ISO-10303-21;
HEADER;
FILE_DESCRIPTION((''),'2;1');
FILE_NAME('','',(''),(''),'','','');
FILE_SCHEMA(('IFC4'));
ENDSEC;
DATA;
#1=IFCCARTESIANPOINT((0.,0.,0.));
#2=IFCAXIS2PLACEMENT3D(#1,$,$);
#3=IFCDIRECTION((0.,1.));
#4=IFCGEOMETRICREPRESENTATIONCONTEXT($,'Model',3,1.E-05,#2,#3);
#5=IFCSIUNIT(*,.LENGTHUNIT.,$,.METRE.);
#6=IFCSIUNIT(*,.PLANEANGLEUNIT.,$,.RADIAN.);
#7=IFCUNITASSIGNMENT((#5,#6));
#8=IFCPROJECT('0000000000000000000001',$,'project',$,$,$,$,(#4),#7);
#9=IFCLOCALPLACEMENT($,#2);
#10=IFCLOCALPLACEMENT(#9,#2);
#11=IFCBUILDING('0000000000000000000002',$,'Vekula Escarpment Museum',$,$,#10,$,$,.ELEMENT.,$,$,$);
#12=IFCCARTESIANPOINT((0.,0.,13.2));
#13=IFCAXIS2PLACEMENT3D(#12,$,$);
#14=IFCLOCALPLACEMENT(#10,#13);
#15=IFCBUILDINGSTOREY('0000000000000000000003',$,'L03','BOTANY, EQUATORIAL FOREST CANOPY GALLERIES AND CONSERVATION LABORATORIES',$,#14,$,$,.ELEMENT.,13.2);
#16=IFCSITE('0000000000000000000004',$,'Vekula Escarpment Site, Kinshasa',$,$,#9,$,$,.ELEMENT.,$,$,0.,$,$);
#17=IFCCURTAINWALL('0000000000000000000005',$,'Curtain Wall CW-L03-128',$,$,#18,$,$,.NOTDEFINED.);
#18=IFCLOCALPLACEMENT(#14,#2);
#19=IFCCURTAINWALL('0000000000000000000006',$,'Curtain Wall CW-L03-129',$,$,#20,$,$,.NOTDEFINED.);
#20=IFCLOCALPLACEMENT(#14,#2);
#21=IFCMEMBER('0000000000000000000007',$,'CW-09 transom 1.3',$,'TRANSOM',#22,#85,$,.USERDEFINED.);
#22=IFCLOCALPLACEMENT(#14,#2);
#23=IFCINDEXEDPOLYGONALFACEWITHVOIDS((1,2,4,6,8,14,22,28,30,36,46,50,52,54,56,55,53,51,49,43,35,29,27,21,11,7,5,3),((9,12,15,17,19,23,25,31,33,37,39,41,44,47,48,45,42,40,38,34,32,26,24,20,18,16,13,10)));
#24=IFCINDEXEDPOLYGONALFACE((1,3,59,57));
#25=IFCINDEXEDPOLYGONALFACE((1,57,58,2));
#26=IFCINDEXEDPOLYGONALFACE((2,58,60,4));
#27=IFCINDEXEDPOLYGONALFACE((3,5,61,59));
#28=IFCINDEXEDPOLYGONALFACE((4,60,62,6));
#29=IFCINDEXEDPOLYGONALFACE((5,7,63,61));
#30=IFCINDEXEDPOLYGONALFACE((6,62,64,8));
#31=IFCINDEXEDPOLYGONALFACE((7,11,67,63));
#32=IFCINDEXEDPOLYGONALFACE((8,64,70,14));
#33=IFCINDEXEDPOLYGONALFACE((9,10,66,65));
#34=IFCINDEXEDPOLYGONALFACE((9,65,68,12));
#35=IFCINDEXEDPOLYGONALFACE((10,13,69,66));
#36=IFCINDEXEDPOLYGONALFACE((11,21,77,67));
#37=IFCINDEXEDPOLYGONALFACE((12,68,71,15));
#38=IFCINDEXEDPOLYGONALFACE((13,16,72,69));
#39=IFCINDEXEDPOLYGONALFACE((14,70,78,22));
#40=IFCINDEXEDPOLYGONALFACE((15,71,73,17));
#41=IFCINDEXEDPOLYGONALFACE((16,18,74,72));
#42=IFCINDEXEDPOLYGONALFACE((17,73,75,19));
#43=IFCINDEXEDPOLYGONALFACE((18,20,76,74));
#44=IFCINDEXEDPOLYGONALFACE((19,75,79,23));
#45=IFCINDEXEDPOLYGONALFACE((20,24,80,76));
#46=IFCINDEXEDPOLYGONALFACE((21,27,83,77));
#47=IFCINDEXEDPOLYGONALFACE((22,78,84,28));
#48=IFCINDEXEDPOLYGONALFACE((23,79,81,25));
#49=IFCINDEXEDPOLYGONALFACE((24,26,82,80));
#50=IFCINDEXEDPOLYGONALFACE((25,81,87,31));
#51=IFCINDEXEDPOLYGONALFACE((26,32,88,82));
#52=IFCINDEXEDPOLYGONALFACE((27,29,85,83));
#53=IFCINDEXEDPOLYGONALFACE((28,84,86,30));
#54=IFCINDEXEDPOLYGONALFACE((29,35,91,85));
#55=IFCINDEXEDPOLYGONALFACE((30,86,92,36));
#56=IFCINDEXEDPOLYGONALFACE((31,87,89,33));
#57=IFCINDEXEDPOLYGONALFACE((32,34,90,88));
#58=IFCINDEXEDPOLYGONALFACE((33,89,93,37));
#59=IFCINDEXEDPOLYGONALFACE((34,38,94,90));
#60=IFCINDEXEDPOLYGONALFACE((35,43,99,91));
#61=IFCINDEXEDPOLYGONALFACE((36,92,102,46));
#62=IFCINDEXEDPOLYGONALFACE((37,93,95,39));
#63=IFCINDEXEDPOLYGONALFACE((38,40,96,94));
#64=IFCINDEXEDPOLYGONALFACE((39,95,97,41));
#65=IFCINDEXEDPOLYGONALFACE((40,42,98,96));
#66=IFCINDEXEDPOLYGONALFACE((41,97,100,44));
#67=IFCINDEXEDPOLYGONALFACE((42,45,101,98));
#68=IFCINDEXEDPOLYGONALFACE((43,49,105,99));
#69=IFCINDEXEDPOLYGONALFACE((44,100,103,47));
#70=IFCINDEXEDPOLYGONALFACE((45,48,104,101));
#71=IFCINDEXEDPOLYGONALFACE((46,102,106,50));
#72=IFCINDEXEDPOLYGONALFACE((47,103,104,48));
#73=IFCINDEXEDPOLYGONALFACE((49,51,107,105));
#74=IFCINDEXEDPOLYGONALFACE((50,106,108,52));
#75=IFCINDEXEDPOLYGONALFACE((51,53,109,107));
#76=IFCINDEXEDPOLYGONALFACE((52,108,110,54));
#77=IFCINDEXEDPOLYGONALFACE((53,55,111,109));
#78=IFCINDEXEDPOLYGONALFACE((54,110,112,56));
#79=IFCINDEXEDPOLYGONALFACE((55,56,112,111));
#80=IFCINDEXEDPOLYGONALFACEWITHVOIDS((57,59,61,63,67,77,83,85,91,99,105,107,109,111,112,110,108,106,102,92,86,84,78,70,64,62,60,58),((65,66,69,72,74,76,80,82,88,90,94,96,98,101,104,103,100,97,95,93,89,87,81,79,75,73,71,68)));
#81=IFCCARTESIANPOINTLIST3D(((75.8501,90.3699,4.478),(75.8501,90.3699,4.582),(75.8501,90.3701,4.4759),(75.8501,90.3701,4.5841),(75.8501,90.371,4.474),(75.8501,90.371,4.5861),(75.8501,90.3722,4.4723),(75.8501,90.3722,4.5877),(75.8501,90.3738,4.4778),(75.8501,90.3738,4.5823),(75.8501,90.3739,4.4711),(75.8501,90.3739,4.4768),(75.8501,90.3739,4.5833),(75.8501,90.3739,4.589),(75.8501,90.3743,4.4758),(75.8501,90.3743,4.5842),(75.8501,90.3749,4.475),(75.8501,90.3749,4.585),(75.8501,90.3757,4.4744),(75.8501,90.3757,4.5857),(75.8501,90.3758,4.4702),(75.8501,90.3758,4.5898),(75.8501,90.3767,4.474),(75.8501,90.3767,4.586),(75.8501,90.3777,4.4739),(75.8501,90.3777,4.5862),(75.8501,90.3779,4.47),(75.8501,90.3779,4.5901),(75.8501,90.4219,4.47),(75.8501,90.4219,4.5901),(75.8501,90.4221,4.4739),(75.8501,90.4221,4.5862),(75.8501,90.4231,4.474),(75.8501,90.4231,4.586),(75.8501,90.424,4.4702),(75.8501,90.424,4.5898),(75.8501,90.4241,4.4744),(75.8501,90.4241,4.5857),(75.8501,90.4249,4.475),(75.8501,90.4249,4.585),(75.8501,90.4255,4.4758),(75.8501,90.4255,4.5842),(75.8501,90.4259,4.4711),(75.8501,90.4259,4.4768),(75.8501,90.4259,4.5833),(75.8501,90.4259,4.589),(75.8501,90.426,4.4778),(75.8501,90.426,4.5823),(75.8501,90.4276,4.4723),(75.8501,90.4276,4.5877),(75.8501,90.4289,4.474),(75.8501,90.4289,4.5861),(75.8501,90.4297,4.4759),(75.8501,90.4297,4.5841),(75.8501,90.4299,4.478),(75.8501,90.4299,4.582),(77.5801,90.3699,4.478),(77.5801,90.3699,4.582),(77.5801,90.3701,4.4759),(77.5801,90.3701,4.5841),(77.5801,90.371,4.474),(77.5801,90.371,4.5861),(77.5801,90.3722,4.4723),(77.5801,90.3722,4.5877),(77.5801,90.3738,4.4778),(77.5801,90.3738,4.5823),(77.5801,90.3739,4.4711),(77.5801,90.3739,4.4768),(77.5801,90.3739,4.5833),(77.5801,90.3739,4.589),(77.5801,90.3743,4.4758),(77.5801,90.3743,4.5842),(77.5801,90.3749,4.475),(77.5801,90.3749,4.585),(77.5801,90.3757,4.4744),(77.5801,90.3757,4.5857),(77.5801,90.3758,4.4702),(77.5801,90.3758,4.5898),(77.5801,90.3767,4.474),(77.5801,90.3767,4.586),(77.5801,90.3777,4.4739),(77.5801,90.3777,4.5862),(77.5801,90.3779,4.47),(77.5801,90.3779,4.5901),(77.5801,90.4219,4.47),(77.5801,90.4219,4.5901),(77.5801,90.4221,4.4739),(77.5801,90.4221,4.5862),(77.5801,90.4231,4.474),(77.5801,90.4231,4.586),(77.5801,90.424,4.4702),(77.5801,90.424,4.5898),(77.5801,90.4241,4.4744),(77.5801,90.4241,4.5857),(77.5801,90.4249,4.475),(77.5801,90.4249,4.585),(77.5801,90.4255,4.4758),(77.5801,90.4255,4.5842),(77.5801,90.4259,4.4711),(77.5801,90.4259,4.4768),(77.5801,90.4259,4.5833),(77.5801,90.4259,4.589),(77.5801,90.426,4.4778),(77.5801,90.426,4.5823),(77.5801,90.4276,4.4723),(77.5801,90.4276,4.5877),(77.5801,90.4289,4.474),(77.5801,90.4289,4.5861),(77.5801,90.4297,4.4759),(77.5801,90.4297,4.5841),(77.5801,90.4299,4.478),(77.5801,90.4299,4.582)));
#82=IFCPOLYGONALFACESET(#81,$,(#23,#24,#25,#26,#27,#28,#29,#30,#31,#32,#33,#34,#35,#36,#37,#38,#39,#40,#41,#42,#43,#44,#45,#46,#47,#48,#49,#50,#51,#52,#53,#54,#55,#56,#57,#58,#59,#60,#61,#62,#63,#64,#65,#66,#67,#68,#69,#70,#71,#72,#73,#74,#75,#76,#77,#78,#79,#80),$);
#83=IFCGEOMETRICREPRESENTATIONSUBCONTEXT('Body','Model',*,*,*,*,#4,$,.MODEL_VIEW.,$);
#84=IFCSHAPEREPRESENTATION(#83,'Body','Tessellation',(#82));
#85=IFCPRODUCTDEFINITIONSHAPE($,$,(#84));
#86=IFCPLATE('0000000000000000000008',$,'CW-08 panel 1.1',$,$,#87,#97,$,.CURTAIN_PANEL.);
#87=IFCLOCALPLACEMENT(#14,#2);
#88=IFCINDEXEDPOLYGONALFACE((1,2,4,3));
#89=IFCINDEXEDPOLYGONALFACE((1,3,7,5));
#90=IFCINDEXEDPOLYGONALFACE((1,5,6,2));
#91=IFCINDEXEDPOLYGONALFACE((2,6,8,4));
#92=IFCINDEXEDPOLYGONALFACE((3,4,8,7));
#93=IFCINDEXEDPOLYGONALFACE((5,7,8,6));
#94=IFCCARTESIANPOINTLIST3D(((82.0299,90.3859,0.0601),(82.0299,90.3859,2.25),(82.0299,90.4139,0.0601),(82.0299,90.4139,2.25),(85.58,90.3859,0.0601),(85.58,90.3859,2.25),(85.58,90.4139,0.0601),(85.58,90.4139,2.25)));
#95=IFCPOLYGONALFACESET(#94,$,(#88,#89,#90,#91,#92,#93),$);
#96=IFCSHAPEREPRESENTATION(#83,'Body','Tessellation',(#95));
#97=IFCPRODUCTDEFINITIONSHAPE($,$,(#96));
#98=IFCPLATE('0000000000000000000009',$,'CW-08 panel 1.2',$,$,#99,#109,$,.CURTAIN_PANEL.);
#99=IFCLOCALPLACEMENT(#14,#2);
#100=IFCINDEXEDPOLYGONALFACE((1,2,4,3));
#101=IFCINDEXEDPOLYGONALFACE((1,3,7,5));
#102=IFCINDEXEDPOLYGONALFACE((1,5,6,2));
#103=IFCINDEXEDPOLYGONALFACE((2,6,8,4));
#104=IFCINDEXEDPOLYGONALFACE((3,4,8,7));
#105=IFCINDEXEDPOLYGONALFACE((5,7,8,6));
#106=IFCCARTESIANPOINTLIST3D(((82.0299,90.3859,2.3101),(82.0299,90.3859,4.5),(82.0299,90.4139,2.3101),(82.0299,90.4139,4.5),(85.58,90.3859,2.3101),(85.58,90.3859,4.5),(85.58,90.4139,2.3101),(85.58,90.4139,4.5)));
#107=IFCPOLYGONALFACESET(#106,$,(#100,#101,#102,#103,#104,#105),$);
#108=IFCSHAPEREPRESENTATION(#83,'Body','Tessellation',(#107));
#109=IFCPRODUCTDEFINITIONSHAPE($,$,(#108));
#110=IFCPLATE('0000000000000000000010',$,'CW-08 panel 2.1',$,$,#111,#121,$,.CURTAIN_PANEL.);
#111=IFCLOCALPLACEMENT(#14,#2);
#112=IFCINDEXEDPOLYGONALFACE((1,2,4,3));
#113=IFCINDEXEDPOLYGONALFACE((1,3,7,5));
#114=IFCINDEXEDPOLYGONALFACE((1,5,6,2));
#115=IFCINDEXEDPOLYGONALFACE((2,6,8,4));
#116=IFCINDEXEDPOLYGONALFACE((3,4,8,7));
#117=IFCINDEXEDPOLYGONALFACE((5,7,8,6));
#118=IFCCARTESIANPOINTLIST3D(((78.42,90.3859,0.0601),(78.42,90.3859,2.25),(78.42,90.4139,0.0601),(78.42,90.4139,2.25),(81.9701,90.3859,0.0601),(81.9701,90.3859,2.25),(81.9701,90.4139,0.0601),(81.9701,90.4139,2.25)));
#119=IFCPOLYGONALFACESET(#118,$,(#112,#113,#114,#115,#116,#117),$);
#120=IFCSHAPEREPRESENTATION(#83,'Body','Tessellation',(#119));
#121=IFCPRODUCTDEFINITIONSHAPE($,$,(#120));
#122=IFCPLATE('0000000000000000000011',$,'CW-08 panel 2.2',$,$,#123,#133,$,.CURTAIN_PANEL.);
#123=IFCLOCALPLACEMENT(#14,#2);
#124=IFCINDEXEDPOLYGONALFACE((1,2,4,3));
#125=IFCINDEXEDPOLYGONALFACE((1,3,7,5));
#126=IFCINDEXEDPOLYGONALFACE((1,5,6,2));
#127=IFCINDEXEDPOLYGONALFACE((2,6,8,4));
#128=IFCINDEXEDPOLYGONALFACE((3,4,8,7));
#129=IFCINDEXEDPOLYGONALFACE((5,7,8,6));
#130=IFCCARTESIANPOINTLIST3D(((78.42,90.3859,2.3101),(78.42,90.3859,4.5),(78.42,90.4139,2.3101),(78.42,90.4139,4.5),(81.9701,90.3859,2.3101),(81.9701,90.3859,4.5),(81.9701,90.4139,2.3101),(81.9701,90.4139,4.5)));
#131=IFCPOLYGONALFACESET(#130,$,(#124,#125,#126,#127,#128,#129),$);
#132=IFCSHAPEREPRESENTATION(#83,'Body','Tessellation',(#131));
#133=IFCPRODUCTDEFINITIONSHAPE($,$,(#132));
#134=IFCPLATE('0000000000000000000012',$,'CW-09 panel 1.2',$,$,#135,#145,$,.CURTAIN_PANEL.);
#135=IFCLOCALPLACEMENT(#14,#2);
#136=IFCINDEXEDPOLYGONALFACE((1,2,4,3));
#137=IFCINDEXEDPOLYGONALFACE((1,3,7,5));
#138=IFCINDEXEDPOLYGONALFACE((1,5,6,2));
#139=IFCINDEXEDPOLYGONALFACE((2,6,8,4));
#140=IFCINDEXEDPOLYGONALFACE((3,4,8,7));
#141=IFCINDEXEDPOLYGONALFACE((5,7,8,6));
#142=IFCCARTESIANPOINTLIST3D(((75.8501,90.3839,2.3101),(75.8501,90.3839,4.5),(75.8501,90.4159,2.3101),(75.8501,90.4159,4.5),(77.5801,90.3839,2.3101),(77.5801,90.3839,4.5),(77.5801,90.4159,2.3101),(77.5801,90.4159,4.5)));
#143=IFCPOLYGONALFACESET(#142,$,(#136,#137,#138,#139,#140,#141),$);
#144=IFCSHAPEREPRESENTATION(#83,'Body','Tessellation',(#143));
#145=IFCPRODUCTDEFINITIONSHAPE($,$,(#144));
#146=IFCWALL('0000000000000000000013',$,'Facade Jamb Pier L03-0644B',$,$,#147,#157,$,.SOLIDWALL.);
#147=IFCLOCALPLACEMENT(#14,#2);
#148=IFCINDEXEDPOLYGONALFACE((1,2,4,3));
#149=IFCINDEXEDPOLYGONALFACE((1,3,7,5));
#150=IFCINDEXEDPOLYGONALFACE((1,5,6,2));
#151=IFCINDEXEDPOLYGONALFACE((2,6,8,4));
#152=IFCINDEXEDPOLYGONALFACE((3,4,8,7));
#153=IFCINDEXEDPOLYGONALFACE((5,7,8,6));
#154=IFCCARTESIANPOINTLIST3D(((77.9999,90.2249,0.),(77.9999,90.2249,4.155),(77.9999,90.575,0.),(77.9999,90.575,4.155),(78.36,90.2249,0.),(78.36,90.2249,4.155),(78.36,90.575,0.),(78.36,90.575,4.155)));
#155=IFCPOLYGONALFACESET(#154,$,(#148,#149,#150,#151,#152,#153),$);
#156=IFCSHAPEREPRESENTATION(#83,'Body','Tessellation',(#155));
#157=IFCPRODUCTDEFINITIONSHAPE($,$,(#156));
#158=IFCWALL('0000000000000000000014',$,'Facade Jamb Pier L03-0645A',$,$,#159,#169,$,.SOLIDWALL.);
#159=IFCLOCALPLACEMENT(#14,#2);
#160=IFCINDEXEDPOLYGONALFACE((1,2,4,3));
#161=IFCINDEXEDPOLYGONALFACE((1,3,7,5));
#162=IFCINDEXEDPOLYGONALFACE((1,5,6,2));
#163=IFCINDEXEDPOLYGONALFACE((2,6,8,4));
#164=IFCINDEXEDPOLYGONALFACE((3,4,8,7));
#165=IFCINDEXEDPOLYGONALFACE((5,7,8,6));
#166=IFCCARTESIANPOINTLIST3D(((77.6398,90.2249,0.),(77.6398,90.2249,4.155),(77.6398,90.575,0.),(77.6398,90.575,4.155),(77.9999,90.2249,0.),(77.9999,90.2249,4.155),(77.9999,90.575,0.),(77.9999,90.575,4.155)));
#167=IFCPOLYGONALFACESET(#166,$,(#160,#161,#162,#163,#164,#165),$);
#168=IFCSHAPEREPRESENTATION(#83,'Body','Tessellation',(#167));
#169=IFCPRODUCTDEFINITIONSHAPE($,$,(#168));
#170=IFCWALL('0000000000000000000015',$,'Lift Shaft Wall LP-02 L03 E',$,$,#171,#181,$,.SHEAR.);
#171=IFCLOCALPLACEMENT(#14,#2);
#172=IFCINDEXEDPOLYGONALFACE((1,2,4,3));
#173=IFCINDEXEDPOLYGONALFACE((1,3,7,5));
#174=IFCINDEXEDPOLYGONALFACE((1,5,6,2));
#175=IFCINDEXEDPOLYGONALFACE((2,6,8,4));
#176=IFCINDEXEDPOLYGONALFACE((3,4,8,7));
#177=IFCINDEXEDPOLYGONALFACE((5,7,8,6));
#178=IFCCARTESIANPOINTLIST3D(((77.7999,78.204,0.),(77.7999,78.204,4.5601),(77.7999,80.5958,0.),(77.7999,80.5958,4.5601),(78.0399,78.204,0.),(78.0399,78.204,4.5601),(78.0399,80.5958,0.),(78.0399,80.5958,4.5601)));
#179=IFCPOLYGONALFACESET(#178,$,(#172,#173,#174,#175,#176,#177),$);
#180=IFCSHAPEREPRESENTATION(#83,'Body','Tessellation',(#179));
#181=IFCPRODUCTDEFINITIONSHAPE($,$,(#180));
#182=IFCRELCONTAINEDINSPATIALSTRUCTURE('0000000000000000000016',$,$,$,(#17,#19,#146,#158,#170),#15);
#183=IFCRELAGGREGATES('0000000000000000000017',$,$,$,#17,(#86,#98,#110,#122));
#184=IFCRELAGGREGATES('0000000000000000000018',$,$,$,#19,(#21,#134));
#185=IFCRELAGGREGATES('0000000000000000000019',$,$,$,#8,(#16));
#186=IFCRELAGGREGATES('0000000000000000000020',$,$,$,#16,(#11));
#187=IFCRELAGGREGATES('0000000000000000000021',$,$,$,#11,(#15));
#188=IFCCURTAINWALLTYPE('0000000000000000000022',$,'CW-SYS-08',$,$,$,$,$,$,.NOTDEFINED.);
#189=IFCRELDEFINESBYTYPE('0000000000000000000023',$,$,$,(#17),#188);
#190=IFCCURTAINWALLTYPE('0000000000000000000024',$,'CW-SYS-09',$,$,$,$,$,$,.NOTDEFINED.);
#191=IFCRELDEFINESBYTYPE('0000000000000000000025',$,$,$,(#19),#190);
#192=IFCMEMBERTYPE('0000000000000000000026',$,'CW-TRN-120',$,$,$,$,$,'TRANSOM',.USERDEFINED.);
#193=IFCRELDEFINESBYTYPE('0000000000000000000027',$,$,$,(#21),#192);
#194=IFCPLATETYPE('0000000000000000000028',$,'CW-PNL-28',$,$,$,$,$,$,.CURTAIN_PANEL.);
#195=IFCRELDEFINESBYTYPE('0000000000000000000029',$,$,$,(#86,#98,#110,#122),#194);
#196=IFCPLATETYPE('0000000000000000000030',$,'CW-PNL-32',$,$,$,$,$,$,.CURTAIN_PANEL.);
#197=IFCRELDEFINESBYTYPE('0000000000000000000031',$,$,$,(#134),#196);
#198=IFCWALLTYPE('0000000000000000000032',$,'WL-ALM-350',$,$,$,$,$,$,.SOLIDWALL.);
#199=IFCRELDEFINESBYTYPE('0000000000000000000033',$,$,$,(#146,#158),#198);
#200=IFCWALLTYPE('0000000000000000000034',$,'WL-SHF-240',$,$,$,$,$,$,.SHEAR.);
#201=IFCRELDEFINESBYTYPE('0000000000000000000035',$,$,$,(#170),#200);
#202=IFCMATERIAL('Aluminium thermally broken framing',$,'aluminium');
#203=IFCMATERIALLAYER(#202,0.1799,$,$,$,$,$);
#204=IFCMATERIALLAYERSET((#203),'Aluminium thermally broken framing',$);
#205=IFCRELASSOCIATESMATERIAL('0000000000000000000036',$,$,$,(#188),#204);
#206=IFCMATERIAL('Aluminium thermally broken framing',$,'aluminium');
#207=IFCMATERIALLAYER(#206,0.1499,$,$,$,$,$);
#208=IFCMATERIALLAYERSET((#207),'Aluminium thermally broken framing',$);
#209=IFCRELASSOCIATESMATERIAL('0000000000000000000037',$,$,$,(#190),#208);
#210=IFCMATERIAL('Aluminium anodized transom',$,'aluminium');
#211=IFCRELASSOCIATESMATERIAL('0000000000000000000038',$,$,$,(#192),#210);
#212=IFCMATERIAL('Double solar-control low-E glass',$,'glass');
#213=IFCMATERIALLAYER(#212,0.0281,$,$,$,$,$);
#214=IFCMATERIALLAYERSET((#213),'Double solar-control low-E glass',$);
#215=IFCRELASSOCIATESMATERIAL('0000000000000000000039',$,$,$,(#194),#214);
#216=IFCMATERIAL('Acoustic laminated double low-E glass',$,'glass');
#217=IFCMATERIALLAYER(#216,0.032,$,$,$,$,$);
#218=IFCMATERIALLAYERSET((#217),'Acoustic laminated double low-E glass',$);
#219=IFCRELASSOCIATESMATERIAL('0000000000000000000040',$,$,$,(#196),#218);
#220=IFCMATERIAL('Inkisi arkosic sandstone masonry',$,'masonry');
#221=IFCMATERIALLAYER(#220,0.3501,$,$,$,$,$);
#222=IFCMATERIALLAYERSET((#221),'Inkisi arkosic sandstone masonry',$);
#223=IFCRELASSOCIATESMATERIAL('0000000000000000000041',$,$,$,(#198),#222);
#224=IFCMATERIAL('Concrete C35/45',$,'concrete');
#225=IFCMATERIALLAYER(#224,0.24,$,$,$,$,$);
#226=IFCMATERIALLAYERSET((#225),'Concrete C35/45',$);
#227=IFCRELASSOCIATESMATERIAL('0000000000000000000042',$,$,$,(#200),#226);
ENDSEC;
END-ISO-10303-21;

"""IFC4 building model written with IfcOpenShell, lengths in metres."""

from ifc_helpers import new_model, si_unit, direction, frame, frame_2d, origin, origin_2d, place, context, subcontext, project, spatial, rectangle, hollow_rectangle, extrude, material, layer, layer_set, material_profile, profile_set, type_object, element, aggregate, save


model = new_model("IFC4")

# Units and contexts
model_context = context("Model", 3, precision=1e-05, world=origin(), true_north=direction((0.0, 1.0)))
body_context = subcontext(model_context, "Body", "Model", "MODEL_VIEW")
ifc_project = project(units=[si_unit("LENGTHUNIT", "METRE"), si_unit("PLANEANGLEUNIT", "RADIAN")], contexts=[model_context])

# Site, building, storey
site_placement = place(None, origin())
site = spatial("IfcSite", under=ifc_project, at=site_placement, Name="Vekula Escarpment Site, Kinshasa", CompositionType="ELEMENT", RefElevation=0.0)
building_placement = place(site_placement, origin())
building = spatial("IfcBuilding", under=site, at=building_placement, Name="Vekula Escarpment Museum", CompositionType="ELEMENT")
storey_placement = place(building_placement, frame((0.0, 0.0, 13.2)))
storey = spatial("IfcBuildingStorey", under=building, at=storey_placement, Name="L03", Description="BOTANY, EQUATORIAL FOREST CANOPY GALLERIES AND CONSERVATION LABORATORIES", CompositionType="ELEMENT", Elevation=13.2)

# Curtain wall
ifc_material_1 = material(Name="Aluminium thermally broken framing", Category="aluminium")
ifc_layer_1 = layer(ifc_material_1, 0.1799)
ifc_layer_set_1 = layer_set([ifc_layer_1], Name="Aluminium thermally broken framing")
curtain_wall_type_1 = type_object("IfcCurtainWallType", Name="CW-SYS-08", PredefinedType="NOTDEFINED", material=ifc_layer_set_1)
curtain_wall_1_placement = place(storey_placement, origin())
curtain_wall_1 = element("IfcCurtainWall", 1, at=curtain_wall_1_placement, inside=storey, type_object=curtain_wall_type_1, Name="Curtain Wall CW-L03-128", PredefinedType="NOTDEFINED")

# Curtain wall
ifc_material_2 = material(Name="Aluminium thermally broken framing", Category="aluminium")
ifc_layer_2 = layer(ifc_material_2, 0.1499)
ifc_layer_set_2 = layer_set([ifc_layer_2], Name="Aluminium thermally broken framing")
curtain_wall_type_2 = type_object("IfcCurtainWallType", Name="CW-SYS-09", PredefinedType="NOTDEFINED", material=ifc_layer_set_2)
curtain_wall_2_placement = place(storey_placement, origin())
curtain_wall_2 = element("IfcCurtainWall", 2, at=curtain_wall_2_placement, inside=storey, type_object=curtain_wall_type_2, Name="Curtain Wall CW-L03-129", PredefinedType="NOTDEFINED")

# Member
ifc_material_3 = material(Name="Aluminium anodized transom", Category="aluminium")
ifc_material_profile_1 = material_profile(ifc_material_3, hollow_rectangle(XDim=0.0601, YDim=0.1201, WallThickness=0.0039, InnerFilletRadius=0.0039, OuterFilletRadius=0.0081, at=origin_2d()), Name="ALU 120x60x4")
ifc_profile_set_1 = profile_set([ifc_material_profile_1], Name="Aluminium anodized transom")
member_type_1 = type_object("IfcMemberType", Name="CW-TRN-120", ElementType="TRANSOM", PredefinedType="USERDEFINED", material=ifc_profile_set_1)
member_1_placement = place(storey_placement, frame((77.5801, 90.3999, 4.53), z_axis=(-1.0, 0.0, 0.0), x_axis=(0.0, -1.0, 0.0)))
member_1 = element("IfcMember", 3, at=member_1_placement, type_object=member_type_1, Name="CW-09 transom 1.3", ObjectType="TRANSOM", PredefinedType="USERDEFINED", context=body_context, shape_type="SweptSolid", body=[
    extrude(hollow_rectangle(XDim=0.0601, YDim=0.1201, WallThickness=0.0039, InnerFilletRadius=0.0039, OuterFilletRadius=0.0081, at=origin_2d()), origin(), (0.0, 0.0, 1.0), 1.73),
])

# Plates
ifc_material_4 = material(Name="Double solar-control low-E glass", Category="glass")
ifc_layer_3 = layer(ifc_material_4, 0.0281)
ifc_layer_set_3 = layer_set([ifc_layer_3], Name="Double solar-control low-E glass")
plate_type_1 = type_object("IfcPlateType", Name="CW-PNL-28", PredefinedType="CURTAIN_PANEL", material=ifc_layer_set_3)
plate_1_placement = place(storey_placement, frame((83.8049, 90.3999, 0.0601), z_axis=(0.0, 0.0, 1.0), x_axis=(-1.0, 0.0, 0.0)))
plate_1 = element("IfcPlate", 4, at=plate_1_placement, type_object=plate_type_1, Name="CW-08 panel 1.1", PredefinedType="CURTAIN_PANEL", context=body_context, shape_type="SweptSolid", body=[
    extrude(rectangle(XDim=3.55, YDim=0.0281, at=origin_2d()), origin(), (0.0, 0.0, 1.0), 2.1899),
])
plate_2_placement = place(storey_placement, frame((83.8049, 90.3999, 2.3101), z_axis=(0.0, 0.0, 1.0), x_axis=(-1.0, 0.0, 0.0)))
plate_2 = element("IfcPlate", 5, at=plate_2_placement, type_object=plate_type_1, Name="CW-08 panel 1.2", PredefinedType="CURTAIN_PANEL", context=body_context, shape_type="SweptSolid", body=[
    extrude(rectangle(XDim=3.55, YDim=0.0281, at=origin_2d()), origin(), (0.0, 0.0, 1.0), 2.1899),
])
plate_3_placement = place(storey_placement, frame((80.1951, 90.3999, 0.0601), z_axis=(0.0, 0.0, 1.0), x_axis=(-1.0, 0.0, 0.0)))
plate_3 = element("IfcPlate", 6, at=plate_3_placement, type_object=plate_type_1, Name="CW-08 panel 2.1", PredefinedType="CURTAIN_PANEL", context=body_context, shape_type="SweptSolid", body=[
    extrude(rectangle(XDim=3.55, YDim=0.0281, at=origin_2d()), origin(), (0.0, 0.0, 1.0), 2.1899),
])
plate_4_placement = place(storey_placement, frame((80.1951, 90.3999, 2.3101), z_axis=(0.0, 0.0, 1.0), x_axis=(-1.0, 0.0, 0.0)))
plate_4 = element("IfcPlate", 7, at=plate_4_placement, type_object=plate_type_1, Name="CW-08 panel 2.2", PredefinedType="CURTAIN_PANEL", context=body_context, shape_type="SweptSolid", body=[
    extrude(rectangle(XDim=3.55, YDim=0.0281, at=origin_2d()), origin(), (0.0, 0.0, 1.0), 2.1899),
])
aggregate(curtain_wall_1, [plate_1, plate_2, plate_3, plate_4])
ifc_material_5 = material(Name="Acoustic laminated double low-E glass", Category="glass")
ifc_layer_4 = layer(ifc_material_5, 0.032)
ifc_layer_set_4 = layer_set([ifc_layer_4], Name="Acoustic laminated double low-E glass")
plate_type_2 = type_object("IfcPlateType", Name="CW-PNL-32", PredefinedType="CURTAIN_PANEL", material=ifc_layer_set_4)
plate_5_placement = place(storey_placement, frame((76.7151, 90.3999, 2.3101), z_axis=(0.0, 0.0, 1.0), x_axis=(-1.0, 0.0, 0.0)))
plate_5 = element("IfcPlate", 8, at=plate_5_placement, type_object=plate_type_2, Name="CW-09 panel 1.2", PredefinedType="CURTAIN_PANEL", context=body_context, shape_type="SweptSolid", body=[
    extrude(rectangle(XDim=1.73, YDim=0.032, at=origin_2d()), origin(), (0.0, 0.0, 1.0), 2.1899),
])
aggregate(curtain_wall_2, [member_1, plate_5])

# Walls
ifc_material_6 = material(Name="Inkisi arkosic sandstone masonry", Category="masonry")
ifc_layer_5 = layer(ifc_material_6, 0.3501)
ifc_layer_set_5 = layer_set([ifc_layer_5], Name="Inkisi arkosic sandstone masonry")
wall_type_1 = type_object("IfcWallType", Name="WL-ALM-350", PredefinedType="SOLIDWALL", material=ifc_layer_set_5)
for number, where, z_axis, x_axis, name in (
    (9, (78.3601, 90.3999, 0.0), (0.0, 0.0, 1.0), (-1.0, 0.0, 0.0), "Facade Jamb Pier L03-0644B"),
    (10, (78.0, 90.3999, 0.0), (0.0, 0.0, 1.0), (-1.0, 0.0, 0.0), "Facade Jamb Pier L03-0645A"),
):
    element("IfcWall", number, at=place(storey_placement, frame(where, z_axis=z_axis, x_axis=x_axis)), inside=storey, type_object=wall_type_1, Name=name, PredefinedType="SOLIDWALL", context=body_context, shape_type="SweptSolid", body=[
        extrude(rectangle(XDim=0.3601, YDim=0.3501, at=frame_2d((0.1802, 0.0))), origin(), (0.0, 0.0, 1.0), 4.155),
    ])

# Wall
ifc_material_7 = material(Name="Concrete C35/45", Category="concrete")
ifc_layer_6 = layer(ifc_material_7, 0.24)
ifc_layer_set_6 = layer_set([ifc_layer_6], Name="Concrete C35/45")
wall_type_2 = type_object("IfcWallType", Name="WL-SHF-240", PredefinedType="SHEAR", material=ifc_layer_set_6)
wall_1_placement = place(storey_placement, frame((77.9199, 78.2041, 0.0), z_axis=(0.0, 0.0, 1.0), x_axis=(0.0, 1.0, 0.0)))
element("IfcWall", 11, at=wall_1_placement, inside=storey, type_object=wall_type_2, Name="Lift Shaft Wall LP-02 L03 E", PredefinedType="SHEAR", context=body_context, shape_type="SweptSolid", body=[
    extrude(rectangle(XDim=2.3918, YDim=0.24, at=frame_2d((1.1958, 0.0))), origin(), (0.0, 0.0, 1.0), 4.5601),
])

save(model, "model.ifc")
